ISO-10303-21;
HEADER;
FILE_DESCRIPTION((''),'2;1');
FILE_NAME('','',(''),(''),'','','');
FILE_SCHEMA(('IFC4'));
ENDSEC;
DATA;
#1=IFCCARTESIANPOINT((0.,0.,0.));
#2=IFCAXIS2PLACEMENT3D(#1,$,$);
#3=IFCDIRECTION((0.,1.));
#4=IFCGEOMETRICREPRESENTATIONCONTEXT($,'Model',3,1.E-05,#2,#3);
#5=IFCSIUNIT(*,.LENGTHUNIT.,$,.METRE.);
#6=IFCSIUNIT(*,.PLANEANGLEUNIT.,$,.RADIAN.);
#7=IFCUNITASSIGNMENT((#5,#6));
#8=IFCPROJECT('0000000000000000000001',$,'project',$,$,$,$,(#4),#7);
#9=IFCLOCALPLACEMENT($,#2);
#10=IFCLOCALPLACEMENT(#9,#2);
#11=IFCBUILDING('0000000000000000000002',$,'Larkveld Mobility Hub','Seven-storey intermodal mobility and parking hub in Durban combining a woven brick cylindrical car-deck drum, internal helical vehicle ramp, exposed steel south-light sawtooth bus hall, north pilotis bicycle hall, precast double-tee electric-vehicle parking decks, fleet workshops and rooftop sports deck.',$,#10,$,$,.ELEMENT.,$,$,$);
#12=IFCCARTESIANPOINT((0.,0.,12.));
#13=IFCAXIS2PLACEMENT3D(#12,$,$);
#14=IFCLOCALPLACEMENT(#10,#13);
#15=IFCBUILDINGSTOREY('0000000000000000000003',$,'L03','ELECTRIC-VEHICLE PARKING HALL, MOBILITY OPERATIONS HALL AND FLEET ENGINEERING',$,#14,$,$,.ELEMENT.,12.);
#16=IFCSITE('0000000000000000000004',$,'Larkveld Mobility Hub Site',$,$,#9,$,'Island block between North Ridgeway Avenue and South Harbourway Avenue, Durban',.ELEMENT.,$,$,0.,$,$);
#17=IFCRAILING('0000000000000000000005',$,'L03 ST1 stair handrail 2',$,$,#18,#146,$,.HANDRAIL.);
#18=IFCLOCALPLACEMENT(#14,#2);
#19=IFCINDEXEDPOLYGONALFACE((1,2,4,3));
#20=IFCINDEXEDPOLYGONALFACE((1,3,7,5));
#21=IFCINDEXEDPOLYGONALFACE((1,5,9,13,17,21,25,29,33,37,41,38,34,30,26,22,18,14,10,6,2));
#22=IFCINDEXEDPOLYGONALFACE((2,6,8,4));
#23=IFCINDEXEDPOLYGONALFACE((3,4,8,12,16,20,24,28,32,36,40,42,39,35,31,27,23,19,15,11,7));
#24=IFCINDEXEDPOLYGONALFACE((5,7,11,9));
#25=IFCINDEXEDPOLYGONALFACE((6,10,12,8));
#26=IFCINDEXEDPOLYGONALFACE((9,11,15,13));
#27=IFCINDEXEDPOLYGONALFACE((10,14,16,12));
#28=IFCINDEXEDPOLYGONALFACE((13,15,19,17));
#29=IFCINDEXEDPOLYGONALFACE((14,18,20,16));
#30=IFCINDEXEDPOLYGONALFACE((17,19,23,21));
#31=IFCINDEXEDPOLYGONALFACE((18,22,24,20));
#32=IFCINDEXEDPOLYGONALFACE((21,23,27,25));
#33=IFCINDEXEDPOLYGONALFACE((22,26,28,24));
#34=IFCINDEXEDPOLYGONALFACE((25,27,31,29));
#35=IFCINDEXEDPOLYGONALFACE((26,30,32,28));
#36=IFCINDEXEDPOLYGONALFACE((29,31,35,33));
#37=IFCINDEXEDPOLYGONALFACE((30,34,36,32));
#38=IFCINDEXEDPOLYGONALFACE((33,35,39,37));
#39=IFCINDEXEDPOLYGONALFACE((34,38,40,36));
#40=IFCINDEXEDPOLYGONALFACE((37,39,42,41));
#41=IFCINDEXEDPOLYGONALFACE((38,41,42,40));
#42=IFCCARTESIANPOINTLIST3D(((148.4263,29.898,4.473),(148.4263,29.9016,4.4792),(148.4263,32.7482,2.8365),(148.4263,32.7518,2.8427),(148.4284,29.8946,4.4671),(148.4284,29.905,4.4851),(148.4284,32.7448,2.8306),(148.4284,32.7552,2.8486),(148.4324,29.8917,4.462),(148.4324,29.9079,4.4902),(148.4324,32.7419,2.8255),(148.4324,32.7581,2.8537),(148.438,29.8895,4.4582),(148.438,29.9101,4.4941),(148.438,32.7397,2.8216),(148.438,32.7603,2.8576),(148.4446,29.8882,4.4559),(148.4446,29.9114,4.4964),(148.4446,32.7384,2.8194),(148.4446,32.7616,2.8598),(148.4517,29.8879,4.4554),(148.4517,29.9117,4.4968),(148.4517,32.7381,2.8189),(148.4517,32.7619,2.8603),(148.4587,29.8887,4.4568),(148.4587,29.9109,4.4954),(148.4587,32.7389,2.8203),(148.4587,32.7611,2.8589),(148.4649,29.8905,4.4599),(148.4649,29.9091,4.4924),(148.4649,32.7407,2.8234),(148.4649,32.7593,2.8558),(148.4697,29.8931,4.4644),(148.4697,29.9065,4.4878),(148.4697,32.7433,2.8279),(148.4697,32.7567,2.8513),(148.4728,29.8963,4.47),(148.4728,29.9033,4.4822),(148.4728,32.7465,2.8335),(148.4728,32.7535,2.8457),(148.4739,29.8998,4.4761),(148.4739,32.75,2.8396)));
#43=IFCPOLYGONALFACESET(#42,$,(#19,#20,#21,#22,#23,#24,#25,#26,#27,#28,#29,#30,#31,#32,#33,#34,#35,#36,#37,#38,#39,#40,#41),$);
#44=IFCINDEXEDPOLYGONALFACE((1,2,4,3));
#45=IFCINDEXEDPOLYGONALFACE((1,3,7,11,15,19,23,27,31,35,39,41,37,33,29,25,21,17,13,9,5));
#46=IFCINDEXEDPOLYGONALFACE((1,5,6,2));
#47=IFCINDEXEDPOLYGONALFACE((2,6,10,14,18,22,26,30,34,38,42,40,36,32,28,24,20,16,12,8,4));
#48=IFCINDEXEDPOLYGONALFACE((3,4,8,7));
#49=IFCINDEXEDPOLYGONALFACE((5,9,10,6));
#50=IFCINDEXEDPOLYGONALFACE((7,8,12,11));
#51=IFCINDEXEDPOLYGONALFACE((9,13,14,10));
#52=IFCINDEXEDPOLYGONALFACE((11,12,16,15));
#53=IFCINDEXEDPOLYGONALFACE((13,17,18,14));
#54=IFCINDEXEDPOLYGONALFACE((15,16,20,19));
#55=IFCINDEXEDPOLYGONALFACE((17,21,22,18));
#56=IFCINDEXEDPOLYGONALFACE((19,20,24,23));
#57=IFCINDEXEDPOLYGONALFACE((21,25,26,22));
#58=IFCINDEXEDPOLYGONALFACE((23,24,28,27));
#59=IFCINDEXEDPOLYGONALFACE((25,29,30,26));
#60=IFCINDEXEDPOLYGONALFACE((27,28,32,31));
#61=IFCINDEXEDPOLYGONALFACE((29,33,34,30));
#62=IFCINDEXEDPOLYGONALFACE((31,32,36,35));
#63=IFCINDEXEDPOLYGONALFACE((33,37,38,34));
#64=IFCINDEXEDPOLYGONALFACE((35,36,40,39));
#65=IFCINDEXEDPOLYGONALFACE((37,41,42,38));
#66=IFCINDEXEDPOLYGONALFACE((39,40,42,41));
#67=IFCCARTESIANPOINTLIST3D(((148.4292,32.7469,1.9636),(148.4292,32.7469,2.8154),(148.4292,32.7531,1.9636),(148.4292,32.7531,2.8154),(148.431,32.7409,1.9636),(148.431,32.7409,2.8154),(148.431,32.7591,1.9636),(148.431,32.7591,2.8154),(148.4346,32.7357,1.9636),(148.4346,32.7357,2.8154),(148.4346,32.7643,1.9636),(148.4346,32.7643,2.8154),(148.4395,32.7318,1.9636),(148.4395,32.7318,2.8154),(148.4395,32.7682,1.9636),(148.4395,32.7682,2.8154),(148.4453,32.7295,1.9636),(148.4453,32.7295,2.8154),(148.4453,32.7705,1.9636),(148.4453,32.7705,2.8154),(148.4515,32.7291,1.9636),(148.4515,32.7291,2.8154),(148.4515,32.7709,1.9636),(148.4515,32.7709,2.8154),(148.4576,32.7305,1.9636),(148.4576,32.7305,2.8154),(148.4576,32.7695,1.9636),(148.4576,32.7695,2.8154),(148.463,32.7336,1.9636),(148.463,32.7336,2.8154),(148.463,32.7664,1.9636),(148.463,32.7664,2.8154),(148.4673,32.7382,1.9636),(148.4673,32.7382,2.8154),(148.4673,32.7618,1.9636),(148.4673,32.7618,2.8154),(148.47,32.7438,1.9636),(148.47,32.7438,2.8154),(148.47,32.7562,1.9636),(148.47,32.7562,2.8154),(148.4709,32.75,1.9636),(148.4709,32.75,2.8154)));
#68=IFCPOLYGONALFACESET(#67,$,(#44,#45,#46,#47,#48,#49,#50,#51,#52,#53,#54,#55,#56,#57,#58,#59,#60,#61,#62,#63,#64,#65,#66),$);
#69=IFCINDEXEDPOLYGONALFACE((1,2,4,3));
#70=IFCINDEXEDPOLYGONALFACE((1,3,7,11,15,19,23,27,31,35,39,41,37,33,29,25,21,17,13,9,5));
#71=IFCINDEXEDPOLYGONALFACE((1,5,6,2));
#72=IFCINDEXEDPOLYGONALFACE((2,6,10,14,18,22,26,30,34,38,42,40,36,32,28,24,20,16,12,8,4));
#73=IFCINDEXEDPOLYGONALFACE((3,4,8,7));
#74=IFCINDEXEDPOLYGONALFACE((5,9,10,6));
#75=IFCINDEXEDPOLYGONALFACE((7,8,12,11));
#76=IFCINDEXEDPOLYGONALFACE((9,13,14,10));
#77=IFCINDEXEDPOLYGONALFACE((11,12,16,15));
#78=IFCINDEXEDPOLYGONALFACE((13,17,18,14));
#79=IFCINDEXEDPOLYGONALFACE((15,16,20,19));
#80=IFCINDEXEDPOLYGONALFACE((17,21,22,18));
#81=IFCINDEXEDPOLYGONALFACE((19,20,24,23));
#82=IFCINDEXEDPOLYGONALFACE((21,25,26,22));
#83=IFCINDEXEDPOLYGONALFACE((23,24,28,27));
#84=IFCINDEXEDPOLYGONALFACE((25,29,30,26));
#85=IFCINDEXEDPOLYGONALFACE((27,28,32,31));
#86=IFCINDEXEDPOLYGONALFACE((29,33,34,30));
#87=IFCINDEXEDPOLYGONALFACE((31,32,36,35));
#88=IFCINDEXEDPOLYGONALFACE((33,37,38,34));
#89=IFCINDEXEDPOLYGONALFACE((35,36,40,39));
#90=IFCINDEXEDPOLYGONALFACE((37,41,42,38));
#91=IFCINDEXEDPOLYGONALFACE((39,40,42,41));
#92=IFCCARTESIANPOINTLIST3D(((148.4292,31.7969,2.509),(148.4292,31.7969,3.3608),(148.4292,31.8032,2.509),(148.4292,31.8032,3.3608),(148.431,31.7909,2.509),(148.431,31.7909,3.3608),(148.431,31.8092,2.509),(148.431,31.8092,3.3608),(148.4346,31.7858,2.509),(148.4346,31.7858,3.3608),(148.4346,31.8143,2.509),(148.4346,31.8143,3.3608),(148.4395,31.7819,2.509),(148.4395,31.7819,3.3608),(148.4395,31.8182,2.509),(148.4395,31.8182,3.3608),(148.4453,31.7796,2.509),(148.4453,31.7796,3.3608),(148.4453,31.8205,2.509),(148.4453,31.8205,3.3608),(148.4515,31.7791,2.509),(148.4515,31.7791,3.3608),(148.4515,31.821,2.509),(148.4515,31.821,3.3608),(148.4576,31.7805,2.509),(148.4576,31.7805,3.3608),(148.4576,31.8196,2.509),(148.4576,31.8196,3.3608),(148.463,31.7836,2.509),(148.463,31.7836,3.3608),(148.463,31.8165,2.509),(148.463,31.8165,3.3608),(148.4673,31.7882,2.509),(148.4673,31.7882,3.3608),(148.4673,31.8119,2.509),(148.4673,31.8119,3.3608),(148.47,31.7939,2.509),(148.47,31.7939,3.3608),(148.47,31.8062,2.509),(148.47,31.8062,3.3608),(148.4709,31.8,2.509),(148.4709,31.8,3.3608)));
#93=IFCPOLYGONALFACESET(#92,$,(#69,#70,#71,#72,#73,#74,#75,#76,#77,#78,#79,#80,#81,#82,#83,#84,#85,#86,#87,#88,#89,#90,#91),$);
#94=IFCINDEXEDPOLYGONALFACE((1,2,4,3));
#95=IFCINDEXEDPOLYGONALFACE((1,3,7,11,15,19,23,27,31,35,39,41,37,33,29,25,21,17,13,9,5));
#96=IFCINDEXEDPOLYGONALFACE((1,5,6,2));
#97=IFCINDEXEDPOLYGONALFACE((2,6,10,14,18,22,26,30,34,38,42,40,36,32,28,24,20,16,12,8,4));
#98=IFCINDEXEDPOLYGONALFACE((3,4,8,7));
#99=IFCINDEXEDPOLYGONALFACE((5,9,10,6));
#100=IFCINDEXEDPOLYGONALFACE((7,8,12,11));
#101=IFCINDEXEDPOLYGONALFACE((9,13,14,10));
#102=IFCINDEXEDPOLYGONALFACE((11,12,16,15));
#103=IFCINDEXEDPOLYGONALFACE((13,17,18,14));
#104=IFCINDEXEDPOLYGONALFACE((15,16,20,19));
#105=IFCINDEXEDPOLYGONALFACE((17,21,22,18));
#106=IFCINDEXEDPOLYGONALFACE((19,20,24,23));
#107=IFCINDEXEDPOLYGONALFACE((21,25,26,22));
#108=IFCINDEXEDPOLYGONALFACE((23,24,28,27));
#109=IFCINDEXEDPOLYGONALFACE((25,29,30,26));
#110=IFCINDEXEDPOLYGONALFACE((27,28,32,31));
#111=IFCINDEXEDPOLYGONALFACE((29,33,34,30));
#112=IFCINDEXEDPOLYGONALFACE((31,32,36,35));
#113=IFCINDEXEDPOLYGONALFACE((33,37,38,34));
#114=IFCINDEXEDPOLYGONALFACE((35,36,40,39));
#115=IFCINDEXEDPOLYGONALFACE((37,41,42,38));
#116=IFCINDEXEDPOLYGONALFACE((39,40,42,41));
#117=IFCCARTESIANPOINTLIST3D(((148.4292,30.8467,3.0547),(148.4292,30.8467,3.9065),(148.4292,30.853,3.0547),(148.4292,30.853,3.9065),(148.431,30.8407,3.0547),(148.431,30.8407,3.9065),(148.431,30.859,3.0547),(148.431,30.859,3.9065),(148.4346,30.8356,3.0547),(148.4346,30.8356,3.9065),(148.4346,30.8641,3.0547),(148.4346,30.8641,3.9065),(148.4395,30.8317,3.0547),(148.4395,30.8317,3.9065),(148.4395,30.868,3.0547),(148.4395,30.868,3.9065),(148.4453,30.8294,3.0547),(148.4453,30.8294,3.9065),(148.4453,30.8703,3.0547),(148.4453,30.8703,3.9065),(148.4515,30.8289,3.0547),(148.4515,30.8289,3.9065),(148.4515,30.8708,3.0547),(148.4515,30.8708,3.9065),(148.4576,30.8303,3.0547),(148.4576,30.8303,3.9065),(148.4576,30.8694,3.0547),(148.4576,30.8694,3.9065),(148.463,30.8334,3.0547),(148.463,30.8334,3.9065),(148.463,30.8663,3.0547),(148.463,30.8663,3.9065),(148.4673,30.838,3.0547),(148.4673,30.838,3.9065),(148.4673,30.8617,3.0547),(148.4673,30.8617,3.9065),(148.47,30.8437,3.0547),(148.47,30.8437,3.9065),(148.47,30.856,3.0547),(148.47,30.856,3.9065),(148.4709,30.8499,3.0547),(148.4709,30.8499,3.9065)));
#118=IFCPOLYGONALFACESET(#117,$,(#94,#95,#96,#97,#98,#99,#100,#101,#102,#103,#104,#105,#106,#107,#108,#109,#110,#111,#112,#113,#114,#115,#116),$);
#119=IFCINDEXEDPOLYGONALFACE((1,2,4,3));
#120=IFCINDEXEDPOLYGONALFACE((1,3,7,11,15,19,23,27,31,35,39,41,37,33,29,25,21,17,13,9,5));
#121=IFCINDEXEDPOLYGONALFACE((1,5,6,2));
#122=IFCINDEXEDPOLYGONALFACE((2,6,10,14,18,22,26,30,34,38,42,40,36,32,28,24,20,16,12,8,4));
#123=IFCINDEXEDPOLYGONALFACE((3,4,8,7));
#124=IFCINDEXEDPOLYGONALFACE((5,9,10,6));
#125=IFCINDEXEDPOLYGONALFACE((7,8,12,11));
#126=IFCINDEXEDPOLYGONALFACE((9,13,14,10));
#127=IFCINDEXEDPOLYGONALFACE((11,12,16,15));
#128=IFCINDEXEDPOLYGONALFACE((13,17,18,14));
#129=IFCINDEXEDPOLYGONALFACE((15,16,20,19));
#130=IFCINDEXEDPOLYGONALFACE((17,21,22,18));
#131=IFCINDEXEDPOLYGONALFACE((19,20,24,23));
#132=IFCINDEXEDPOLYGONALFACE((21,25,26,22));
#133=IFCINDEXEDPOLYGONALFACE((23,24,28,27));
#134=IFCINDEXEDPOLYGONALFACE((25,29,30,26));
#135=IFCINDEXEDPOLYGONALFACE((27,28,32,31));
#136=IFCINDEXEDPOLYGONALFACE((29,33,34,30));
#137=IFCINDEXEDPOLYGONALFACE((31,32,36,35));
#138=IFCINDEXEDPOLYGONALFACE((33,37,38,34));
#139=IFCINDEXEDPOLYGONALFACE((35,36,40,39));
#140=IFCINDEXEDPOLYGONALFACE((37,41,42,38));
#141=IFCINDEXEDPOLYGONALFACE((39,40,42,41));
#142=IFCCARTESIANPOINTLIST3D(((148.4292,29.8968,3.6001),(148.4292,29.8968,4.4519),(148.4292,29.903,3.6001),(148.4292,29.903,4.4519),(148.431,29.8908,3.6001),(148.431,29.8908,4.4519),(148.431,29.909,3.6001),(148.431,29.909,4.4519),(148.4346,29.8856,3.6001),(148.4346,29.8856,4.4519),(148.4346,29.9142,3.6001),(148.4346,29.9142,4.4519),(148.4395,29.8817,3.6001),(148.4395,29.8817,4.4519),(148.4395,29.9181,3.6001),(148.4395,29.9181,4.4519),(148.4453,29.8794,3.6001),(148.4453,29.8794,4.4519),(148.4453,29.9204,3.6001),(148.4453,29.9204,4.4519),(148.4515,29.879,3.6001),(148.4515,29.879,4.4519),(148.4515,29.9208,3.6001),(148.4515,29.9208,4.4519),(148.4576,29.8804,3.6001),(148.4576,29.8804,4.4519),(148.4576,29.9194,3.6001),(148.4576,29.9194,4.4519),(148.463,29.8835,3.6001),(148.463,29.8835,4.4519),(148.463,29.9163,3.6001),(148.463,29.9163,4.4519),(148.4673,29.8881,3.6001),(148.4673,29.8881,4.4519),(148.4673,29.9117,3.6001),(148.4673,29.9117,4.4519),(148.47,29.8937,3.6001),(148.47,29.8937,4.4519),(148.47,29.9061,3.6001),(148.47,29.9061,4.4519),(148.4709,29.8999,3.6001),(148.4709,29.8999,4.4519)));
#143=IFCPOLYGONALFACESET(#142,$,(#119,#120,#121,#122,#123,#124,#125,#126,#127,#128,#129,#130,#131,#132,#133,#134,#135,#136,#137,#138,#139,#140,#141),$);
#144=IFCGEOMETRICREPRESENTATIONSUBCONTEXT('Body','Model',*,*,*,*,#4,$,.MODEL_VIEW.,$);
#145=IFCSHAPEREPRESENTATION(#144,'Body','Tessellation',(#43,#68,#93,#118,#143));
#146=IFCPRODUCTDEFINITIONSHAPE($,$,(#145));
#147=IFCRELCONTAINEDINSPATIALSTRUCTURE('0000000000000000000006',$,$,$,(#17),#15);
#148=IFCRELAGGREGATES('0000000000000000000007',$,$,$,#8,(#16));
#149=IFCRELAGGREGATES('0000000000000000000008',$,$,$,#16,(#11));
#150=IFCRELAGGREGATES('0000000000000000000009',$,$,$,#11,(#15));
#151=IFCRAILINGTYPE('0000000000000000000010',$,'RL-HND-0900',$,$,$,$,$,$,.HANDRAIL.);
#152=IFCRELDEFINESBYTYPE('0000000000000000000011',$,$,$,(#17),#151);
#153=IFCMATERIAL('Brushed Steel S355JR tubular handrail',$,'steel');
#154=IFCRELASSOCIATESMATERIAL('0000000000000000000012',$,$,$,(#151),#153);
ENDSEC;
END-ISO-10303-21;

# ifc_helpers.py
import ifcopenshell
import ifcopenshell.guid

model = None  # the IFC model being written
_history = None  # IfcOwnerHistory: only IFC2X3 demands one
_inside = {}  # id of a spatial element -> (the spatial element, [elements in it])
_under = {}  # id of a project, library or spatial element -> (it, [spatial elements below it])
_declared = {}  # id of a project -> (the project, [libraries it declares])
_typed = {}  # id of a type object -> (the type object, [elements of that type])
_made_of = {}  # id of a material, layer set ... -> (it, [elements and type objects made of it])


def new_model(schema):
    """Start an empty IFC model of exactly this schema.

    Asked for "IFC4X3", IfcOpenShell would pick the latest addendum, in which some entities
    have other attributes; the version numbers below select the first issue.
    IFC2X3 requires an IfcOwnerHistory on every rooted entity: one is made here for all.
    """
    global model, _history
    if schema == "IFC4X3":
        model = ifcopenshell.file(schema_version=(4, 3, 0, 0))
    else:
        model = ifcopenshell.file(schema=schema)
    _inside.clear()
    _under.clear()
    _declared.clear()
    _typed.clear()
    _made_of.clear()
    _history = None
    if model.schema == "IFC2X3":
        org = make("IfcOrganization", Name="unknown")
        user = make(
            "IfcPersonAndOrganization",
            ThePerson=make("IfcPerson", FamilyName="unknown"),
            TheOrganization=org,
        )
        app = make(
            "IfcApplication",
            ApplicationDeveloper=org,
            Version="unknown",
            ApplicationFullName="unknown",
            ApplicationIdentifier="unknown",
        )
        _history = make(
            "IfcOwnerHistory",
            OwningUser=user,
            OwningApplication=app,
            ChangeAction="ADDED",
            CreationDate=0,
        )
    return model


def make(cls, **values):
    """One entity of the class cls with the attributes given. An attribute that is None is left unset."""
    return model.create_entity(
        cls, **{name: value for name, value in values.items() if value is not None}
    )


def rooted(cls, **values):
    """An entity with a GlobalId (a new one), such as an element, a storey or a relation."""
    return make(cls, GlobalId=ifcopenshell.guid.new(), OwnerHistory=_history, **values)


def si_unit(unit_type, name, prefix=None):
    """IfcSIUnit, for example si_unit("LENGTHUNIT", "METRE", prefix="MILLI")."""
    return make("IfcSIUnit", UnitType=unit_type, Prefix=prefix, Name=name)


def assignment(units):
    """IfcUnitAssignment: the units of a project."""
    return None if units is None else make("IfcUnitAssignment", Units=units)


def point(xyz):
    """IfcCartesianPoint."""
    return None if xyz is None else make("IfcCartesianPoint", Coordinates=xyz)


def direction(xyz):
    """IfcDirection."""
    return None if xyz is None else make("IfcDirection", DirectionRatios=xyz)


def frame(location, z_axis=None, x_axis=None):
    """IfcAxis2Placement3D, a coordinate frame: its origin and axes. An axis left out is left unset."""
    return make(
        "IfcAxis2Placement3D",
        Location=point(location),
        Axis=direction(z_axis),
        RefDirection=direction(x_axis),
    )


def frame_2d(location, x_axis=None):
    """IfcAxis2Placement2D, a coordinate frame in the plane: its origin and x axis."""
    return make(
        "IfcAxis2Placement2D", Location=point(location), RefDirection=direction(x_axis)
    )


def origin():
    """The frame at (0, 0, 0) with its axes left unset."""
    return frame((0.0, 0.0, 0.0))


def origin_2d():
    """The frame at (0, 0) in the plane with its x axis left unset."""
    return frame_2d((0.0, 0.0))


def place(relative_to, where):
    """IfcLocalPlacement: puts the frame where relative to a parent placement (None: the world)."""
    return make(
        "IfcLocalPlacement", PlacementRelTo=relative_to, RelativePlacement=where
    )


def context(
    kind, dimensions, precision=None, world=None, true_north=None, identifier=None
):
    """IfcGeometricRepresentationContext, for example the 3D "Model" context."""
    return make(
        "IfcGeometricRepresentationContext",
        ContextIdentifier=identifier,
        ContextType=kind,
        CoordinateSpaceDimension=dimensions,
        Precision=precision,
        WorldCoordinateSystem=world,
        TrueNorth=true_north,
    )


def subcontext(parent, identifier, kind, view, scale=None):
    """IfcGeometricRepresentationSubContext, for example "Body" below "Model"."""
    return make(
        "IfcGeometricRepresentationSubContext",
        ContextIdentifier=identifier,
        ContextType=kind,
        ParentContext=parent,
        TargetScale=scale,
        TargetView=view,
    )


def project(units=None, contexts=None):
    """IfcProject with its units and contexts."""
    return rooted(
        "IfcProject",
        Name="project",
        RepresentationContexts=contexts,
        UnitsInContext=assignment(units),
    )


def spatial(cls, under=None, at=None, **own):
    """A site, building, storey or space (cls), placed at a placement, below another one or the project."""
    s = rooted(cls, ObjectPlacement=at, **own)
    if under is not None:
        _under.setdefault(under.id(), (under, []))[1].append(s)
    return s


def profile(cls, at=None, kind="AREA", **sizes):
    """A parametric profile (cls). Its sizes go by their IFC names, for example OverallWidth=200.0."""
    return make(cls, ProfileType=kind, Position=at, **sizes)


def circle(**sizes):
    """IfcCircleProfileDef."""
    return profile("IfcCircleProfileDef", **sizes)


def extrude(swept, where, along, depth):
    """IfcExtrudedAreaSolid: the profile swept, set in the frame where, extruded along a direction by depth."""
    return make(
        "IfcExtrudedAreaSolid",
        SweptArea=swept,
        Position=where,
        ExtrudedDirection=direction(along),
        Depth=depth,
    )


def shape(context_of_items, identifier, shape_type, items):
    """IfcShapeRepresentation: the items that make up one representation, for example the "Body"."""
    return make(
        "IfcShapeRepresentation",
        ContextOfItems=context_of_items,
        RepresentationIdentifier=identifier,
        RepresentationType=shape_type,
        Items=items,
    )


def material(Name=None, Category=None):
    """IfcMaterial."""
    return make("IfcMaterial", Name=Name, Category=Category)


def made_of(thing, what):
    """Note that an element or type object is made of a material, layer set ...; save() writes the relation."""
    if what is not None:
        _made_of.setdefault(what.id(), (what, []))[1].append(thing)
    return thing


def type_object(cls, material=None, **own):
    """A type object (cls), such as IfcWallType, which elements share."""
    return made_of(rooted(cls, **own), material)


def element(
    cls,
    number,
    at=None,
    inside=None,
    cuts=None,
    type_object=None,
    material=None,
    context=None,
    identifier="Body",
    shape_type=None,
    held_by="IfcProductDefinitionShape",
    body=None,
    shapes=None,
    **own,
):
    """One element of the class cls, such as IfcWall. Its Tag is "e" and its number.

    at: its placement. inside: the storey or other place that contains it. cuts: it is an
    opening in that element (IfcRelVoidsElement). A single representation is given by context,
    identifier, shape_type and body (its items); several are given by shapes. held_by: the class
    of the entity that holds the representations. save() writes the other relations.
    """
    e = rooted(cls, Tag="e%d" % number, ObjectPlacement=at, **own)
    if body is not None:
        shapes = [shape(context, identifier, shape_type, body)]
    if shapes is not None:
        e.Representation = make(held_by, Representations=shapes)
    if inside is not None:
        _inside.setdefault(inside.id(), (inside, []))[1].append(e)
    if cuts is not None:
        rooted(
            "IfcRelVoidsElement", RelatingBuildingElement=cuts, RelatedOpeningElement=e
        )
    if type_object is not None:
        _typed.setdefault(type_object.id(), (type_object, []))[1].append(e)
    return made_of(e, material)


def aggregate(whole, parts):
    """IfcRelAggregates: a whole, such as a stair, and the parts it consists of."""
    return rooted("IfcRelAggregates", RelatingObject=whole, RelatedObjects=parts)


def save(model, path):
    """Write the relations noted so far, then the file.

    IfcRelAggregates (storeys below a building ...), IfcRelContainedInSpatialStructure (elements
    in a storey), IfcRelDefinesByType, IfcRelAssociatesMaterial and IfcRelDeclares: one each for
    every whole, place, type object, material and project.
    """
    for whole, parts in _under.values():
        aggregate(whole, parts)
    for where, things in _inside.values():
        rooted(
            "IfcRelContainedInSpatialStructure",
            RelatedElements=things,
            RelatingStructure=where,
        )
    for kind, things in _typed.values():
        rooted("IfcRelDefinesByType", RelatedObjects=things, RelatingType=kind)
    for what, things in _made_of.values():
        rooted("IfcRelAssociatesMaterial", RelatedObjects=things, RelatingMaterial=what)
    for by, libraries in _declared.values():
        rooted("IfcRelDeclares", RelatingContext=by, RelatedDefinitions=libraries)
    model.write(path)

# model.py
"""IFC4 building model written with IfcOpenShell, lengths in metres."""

from ifc_helpers import new_model, si_unit, direction, frame, origin, origin_2d, place, context, subcontext, project, spatial, circle, extrude, material, type_object, element, save


model = new_model("IFC4")

# Units and contexts
model_context = context("Model", 3, precision=1e-05, world=origin(), true_north=direction((0.0, 1.0)))
body_context = subcontext(model_context, "Body", "Model", "MODEL_VIEW")
ifc_project = project(units=[si_unit("LENGTHUNIT", "METRE"), si_unit("PLANEANGLEUNIT", "RADIAN")], contexts=[model_context])

# Site, building, storey
site_placement = place(None, origin())
site = spatial("IfcSite", under=ifc_project, at=site_placement, Name="Larkveld Mobility Hub Site", LongName="Island block between North Ridgeway Avenue and South Harbourway Avenue, Durban", CompositionType="ELEMENT", RefElevation=0.0)
building_placement = place(site_placement, origin())
building = spatial("IfcBuilding", under=site, at=building_placement, Name="Larkveld Mobility Hub", Description="Seven-storey intermodal mobility and parking hub in Durban combining a woven brick cylindrical car-deck drum, internal helical vehicle ramp, exposed steel south-light sawtooth bus hall, north pilotis bicycle hall, precast double-tee electric-vehicle parking decks, fleet workshops and rooftop sports deck.", CompositionType="ELEMENT")
storey_placement = place(building_placement, frame((0.0, 0.0, 12.0)))
storey = spatial("IfcBuildingStorey", under=building, at=storey_placement, Name="L03", Description="ELECTRIC-VEHICLE PARKING HALL, MOBILITY OPERATIONS HALL AND FLEET ENGINEERING", CompositionType="ELEMENT", Elevation=12.0)

# Railing
ifc_material_1 = material(Name="Brushed Steel S355JR tubular handrail", Category="steel")
railing_type_1 = type_object("IfcRailingType", Name="RL-HND-0900", PredefinedType="HANDRAIL", material=ifc_material_1)
railing_1_placement = place(storey_placement, frame((148.45, 32.75, 1.9636)))
element("IfcRailing", 1, at=railing_1_placement, inside=storey, type_object=railing_type_1, Name="L03 ST1 stair handrail 2", PredefinedType="HANDRAIL", context=body_context, shape_type="SweptSolid", body=[
    extrude(circle(Radius=0.0239, at=origin_2d()), frame((0.0, 0.0, 0.876), z_axis=(0.0, -0.867213, 0.497938), x_axis=(1.0, 0.0, 0.0)), (0.0, 0.0, 1.0), 3.2866),
    extrude(circle(Radius=0.021, at=origin_2d()), origin(), (0.0, 0.0, 1.0), 0.8518),
    extrude(circle(Radius=0.021, at=origin_2d()), frame((0.0, -0.95, 0.5454)), (0.0, 0.0, 1.0), 0.8518),
    extrude(circle(Radius=0.021, at=origin_2d()), frame((0.0, -1.9001, 1.0911)), (0.0, 0.0, 1.0), 0.8518),
    extrude(circle(Radius=0.021, at=origin_2d()), frame((0.0, -2.8501, 1.6365)), (0.0, 0.0, 1.0), 0.8518),
])

save(model, "model.ifc")
